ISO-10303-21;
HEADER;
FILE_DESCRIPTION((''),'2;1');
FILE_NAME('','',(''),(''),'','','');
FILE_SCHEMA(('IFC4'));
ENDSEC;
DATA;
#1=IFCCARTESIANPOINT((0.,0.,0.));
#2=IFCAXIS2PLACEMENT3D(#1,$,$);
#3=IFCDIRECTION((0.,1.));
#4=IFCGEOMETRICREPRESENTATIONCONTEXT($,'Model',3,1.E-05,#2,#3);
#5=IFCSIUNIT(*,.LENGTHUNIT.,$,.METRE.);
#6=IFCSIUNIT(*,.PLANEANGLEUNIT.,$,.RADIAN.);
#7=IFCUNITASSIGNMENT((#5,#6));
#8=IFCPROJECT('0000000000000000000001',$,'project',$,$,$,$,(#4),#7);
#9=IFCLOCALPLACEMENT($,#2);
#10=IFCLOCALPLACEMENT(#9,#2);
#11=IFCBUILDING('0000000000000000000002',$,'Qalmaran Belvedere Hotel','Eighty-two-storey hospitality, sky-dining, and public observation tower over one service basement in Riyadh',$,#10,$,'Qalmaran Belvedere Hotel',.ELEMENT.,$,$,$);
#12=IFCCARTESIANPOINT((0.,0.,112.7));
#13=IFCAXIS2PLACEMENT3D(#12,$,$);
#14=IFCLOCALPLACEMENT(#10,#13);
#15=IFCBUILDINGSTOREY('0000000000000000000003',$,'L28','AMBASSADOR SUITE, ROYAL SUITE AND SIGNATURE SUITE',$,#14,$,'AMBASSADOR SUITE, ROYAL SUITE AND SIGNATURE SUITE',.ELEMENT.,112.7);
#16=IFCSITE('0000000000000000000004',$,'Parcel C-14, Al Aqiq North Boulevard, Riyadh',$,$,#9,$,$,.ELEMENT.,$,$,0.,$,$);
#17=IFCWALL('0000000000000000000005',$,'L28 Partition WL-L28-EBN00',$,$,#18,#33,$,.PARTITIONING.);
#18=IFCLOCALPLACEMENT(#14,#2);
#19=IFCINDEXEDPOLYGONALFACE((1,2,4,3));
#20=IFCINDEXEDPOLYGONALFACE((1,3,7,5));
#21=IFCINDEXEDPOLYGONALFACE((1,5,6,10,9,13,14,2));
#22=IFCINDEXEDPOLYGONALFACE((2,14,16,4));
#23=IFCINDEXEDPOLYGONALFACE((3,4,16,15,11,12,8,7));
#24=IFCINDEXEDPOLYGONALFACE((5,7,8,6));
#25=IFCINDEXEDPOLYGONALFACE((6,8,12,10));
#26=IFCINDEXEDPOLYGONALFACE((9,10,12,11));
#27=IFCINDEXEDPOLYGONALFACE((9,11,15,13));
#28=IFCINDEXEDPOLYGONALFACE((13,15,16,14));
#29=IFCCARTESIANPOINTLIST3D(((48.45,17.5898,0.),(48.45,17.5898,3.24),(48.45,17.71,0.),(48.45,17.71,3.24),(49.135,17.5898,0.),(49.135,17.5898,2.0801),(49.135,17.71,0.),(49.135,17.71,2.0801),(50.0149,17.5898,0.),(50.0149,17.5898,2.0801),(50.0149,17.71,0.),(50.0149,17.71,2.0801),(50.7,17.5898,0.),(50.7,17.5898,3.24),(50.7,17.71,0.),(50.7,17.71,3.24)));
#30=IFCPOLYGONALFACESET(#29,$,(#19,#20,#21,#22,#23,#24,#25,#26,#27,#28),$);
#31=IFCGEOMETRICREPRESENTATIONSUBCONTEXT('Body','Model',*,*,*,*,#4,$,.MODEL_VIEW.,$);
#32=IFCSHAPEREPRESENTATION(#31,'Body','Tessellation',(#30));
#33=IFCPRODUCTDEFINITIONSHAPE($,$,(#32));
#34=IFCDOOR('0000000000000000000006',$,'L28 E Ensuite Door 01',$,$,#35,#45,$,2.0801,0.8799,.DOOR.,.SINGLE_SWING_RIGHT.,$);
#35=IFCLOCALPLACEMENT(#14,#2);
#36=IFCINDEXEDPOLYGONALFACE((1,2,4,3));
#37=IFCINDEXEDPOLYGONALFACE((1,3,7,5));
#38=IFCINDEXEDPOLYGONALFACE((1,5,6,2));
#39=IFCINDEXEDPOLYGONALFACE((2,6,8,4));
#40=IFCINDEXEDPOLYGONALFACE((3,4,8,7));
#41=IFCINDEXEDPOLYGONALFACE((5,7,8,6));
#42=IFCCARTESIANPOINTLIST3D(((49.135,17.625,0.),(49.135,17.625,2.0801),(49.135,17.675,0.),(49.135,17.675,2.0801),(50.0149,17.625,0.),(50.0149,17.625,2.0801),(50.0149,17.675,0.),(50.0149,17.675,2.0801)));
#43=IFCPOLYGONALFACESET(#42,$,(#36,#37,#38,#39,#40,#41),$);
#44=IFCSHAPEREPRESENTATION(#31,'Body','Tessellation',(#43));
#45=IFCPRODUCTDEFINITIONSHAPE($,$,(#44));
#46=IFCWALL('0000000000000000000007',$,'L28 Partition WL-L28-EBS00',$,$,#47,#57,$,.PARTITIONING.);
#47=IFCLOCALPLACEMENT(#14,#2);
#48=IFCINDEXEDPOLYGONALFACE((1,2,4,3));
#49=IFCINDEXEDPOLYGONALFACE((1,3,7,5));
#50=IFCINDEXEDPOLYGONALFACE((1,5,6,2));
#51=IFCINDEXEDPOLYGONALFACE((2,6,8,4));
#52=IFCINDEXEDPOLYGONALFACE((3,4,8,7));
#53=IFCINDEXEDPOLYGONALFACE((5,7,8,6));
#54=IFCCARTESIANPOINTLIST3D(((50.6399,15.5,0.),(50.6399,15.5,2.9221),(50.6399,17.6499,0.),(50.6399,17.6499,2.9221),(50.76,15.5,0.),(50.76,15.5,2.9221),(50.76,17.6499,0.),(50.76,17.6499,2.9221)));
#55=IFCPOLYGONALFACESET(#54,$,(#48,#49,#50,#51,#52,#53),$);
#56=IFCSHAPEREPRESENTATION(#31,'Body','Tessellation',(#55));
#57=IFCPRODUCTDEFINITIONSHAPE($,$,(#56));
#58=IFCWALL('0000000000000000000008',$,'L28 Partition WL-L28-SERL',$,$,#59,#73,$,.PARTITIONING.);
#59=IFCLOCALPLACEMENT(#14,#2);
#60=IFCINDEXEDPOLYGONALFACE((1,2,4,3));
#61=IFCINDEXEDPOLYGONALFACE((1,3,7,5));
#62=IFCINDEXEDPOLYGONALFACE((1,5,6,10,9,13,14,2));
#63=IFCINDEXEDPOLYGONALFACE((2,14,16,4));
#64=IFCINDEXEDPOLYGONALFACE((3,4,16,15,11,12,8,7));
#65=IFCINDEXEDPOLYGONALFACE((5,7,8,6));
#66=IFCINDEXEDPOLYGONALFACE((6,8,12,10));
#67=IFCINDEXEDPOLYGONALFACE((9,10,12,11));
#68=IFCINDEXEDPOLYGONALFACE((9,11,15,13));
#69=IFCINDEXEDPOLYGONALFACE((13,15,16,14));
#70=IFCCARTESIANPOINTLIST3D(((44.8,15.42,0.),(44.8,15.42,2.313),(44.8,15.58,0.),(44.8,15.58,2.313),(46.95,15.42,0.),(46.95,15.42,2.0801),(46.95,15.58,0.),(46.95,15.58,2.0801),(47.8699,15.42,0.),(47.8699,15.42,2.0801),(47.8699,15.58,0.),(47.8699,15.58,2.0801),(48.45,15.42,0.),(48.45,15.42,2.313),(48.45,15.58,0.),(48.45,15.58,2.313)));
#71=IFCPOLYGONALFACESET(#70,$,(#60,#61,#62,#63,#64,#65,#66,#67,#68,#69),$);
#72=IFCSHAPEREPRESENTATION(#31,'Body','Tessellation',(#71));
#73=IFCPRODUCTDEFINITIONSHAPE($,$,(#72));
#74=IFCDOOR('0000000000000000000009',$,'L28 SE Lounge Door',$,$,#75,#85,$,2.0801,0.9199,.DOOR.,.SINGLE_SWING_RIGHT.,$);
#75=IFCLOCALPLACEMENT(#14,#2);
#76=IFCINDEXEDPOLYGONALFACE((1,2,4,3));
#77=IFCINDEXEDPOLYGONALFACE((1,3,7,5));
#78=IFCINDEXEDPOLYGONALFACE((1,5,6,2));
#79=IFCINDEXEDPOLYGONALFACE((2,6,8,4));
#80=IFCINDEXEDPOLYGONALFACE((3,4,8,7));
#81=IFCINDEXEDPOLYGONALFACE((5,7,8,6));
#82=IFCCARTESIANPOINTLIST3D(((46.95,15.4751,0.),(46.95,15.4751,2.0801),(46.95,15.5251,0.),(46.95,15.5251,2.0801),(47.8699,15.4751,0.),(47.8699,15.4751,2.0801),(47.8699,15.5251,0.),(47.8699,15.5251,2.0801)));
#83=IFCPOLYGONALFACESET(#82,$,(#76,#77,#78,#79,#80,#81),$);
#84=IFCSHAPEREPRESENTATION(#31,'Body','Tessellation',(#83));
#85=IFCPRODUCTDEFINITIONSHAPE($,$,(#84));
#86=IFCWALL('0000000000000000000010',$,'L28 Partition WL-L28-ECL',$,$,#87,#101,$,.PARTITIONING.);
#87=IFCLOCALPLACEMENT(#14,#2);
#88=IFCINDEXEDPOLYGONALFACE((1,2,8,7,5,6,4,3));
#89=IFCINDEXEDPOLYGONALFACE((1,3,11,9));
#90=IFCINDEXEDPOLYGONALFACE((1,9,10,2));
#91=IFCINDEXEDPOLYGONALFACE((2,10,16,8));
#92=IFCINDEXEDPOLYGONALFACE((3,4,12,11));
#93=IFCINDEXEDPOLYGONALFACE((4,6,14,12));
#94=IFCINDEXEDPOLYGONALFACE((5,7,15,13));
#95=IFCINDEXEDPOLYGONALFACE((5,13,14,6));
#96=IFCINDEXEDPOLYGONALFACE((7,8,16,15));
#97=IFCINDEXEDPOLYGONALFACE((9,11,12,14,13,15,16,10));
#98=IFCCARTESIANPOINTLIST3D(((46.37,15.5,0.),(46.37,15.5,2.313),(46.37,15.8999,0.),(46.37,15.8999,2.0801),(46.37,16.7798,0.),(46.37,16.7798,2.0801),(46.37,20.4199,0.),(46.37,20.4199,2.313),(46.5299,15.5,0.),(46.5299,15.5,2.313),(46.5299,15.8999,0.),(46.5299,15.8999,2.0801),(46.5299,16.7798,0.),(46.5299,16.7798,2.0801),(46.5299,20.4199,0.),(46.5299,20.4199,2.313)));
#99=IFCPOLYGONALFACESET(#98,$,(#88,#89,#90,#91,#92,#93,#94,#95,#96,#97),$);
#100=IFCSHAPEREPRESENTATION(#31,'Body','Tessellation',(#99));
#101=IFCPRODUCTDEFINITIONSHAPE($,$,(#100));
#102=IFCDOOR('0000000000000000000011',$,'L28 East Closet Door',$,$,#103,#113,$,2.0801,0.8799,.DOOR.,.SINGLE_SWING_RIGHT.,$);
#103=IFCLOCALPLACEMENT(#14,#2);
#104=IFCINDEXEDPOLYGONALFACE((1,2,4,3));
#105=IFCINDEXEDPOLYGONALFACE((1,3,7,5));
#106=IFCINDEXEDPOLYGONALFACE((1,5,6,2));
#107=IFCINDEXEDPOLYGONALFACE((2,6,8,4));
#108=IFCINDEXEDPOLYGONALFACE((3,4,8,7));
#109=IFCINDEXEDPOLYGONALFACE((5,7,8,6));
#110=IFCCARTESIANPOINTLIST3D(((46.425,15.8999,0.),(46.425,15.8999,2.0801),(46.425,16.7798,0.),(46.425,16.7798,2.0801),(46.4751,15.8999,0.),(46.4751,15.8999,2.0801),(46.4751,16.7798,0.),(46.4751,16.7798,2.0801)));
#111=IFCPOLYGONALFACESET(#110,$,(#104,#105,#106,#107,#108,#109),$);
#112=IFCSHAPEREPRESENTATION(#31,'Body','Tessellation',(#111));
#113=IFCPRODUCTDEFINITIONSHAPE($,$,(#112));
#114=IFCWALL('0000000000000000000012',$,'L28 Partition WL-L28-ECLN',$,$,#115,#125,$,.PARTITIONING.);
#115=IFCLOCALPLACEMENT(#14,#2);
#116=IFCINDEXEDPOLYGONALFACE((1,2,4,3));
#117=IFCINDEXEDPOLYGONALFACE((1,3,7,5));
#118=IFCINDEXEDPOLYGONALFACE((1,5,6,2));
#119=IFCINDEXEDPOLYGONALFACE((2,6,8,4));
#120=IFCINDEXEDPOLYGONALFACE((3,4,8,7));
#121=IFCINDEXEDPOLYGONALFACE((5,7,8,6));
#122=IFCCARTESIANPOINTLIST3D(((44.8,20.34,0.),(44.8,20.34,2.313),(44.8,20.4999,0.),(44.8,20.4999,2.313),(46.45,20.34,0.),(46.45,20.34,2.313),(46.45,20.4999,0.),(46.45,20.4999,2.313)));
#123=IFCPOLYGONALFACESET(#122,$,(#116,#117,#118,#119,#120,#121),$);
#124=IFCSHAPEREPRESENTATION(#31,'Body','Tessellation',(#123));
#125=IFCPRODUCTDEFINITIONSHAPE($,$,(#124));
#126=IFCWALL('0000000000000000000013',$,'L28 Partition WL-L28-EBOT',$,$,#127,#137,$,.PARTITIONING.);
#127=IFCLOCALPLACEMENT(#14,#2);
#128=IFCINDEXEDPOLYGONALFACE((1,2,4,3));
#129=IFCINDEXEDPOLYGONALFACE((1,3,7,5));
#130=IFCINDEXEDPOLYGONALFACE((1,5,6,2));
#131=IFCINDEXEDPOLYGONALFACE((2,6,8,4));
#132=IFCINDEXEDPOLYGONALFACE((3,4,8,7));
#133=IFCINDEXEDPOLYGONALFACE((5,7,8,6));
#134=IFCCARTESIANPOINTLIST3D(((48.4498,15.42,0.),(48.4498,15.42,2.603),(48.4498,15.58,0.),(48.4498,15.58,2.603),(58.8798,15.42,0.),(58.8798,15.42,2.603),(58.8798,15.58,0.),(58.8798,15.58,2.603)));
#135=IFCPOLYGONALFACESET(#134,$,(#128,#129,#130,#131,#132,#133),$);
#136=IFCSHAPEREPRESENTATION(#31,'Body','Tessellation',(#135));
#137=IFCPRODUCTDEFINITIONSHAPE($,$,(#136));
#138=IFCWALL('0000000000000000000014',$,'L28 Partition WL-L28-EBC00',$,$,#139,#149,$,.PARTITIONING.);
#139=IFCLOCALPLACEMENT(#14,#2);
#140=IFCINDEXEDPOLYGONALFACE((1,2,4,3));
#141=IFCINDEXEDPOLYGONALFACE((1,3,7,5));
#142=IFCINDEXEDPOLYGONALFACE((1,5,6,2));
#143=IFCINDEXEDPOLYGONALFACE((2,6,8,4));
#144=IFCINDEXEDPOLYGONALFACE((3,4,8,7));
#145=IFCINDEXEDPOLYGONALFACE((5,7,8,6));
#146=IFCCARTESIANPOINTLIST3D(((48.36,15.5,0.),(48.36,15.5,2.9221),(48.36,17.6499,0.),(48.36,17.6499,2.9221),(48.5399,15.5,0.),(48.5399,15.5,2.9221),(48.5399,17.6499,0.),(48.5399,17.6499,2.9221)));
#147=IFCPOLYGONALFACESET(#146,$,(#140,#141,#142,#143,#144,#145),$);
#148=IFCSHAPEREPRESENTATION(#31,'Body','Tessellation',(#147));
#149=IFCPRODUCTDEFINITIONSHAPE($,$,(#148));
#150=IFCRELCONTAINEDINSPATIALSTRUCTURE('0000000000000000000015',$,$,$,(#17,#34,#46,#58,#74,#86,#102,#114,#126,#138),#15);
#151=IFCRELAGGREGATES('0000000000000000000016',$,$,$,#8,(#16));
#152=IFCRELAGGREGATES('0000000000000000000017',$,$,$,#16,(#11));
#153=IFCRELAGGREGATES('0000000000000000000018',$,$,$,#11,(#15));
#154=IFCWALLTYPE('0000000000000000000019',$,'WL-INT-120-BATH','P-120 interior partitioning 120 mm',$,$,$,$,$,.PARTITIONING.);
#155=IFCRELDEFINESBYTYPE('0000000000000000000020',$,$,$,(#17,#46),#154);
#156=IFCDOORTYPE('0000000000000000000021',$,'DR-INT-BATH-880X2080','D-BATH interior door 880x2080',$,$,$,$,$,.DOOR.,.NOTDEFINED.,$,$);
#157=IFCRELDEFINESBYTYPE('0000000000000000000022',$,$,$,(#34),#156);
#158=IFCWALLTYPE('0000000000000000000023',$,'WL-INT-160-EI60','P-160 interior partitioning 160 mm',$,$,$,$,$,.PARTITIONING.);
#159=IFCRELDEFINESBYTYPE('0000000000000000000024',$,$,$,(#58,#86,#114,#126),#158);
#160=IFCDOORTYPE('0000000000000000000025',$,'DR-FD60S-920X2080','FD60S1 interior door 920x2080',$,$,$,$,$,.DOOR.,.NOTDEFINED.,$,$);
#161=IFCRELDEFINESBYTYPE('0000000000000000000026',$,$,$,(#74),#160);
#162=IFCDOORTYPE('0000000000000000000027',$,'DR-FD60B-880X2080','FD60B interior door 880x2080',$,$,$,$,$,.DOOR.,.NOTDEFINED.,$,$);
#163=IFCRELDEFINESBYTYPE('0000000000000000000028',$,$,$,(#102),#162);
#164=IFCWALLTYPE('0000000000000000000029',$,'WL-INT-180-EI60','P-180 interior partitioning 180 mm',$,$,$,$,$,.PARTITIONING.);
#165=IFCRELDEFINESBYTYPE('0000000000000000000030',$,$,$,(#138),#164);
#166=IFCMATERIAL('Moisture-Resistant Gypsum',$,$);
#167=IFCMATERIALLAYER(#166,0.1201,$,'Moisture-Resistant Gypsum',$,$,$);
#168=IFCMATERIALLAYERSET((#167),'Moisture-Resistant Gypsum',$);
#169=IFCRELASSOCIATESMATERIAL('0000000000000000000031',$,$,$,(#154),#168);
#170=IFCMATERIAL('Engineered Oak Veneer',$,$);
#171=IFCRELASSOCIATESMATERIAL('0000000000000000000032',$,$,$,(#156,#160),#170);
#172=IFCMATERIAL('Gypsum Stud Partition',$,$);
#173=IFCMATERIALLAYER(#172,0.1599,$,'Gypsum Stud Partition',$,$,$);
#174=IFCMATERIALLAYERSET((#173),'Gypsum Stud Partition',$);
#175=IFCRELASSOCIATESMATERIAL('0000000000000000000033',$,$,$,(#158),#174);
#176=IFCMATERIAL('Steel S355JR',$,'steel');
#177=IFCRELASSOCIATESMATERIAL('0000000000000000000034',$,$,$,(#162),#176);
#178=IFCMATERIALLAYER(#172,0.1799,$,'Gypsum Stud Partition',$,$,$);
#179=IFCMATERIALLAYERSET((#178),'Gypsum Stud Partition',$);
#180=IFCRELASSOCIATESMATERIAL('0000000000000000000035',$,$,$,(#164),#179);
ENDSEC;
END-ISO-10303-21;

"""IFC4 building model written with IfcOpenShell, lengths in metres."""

from ifc_helpers import new_model, si_unit, direction, frame, frame_2d, origin, place, context, subcontext, project, spatial, rectangle, extrude, material, layer, layer_set, type_object, element, fill, save


model = new_model("IFC4")

# Units and contexts
model_context = context("Model", 3, precision=1e-05, world=origin(), true_north=direction((0.0, 1.0)))
body_context = subcontext(model_context, "Body", "Model", "MODEL_VIEW")
ifc_project = project(units=[si_unit("LENGTHUNIT", "METRE"), si_unit("PLANEANGLEUNIT", "RADIAN")], contexts=[model_context])

# Site, building, storey
site_placement = place(None, origin())
site = spatial("IfcSite", under=ifc_project, at=site_placement, Name="Parcel C-14, Al Aqiq North Boulevard, Riyadh", CompositionType="ELEMENT", RefElevation=0.0)
building_placement = place(site_placement, origin())
building = spatial("IfcBuilding", under=site, at=building_placement, Name="Qalmaran Belvedere Hotel", Description="Eighty-two-storey hospitality, sky-dining, and public observation tower over one service basement in Riyadh", LongName="Qalmaran Belvedere Hotel", CompositionType="ELEMENT")
storey_placement = place(building_placement, frame((0.0, 0.0, 112.7)))
storey = spatial("IfcBuildingStorey", under=building, at=storey_placement, Name="L28", Description="AMBASSADOR SUITE, ROYAL SUITE AND SIGNATURE SUITE", LongName="AMBASSADOR SUITE, ROYAL SUITE AND SIGNATURE SUITE", CompositionType="ELEMENT", Elevation=112.7)

# Shared definitions
ifc_material_1 = material(Name="Steel S355JR", Category="steel")

# Wall, opening, door
ifc_material_2 = material(Name="Moisture-Resistant Gypsum")
ifc_layer_1 = layer(ifc_material_2, 0.1201, Name="Moisture-Resistant Gypsum")
ifc_layer_set_1 = layer_set([ifc_layer_1], Name="Moisture-Resistant Gypsum")
wall_type_1 = type_object("IfcWallType", Name="WL-INT-120-BATH", Description="P-120 interior partitioning 120 mm", PredefinedType="PARTITIONING", material=ifc_layer_set_1)
wall_1_placement = place(storey_placement, frame((48.45, 17.6499, 0.0), z_axis=(0.0, 0.0, 1.0), x_axis=(1.0, 0.0, 0.0)))
wall_1 = element("IfcWall", 1, at=wall_1_placement, inside=storey, type_object=wall_type_1, Name="L28 Partition WL-L28-EBN00", PredefinedType="PARTITIONING", context=body_context, shape_type="SweptSolid", body=[
    extrude(rectangle(XDim=2.25, YDim=0.1201, at=frame_2d((1.125, 0.0))), origin(), (0.0, 0.0, 1.0), 3.24),
])
opening_1_placement = place(wall_1_placement, frame((1.5649, 0.0, 0.0), z_axis=(0.0, 0.0, 1.0), x_axis=(-1.0, 0.0, 0.0)))
opening_1 = element("IfcOpeningElement", 2, at=opening_1_placement, cuts=wall_1, PredefinedType="OPENING", context=body_context, shape_type="SweptSolid", body=[
    extrude(rectangle(XDim=0.8799, YDim=2.0801, at=frame_2d((0.4399, 1.04))), frame((0.0, 0.0701, 0.0), z_axis=(0.0, -1.0, 0.0), x_axis=(1.0, 0.0, 0.0)), (0.0, 0.0, 1.0), 0.1401),
])
ifc_material_3 = material(Name="Engineered Oak Veneer")
door_type_1 = type_object("IfcDoorType", Name="DR-INT-BATH-880X2080", Description="D-BATH interior door 880x2080", OperationType="NOTDEFINED", PredefinedType="DOOR", material=ifc_material_3)
door_1_placement = place(opening_1_placement, origin())
door_1 = element("IfcDoor", 3, at=door_1_placement, inside=storey, type_object=door_type_1, Name="L28 E Ensuite Door 01", OperationType="SINGLE_SWING_RIGHT", OverallHeight=2.0801, OverallWidth=0.8799, PredefinedType="DOOR", context=body_context, shape_type="SweptSolid", body=[
    extrude(rectangle(XDim=0.8799, YDim=2.0801, at=frame_2d((0.4399, 1.04))), frame((0.0, 0.0249, 0.0), z_axis=(0.0, -1.0, 0.0), x_axis=(1.0, 0.0, 0.0)), (0.0, 0.0, 1.0), 0.05),
])
fill(opening_1, door_1)

# Wall
wall_2_placement = place(storey_placement, frame((50.7, 15.5, 0.0), z_axis=(0.0, 0.0, 1.0), x_axis=(0.0, 1.0, 0.0)))
element("IfcWall", 4, at=wall_2_placement, inside=storey, type_object=wall_type_1, Name="L28 Partition WL-L28-EBS00", PredefinedType="PARTITIONING", context=body_context, shape_type="SweptSolid", body=[
    extrude(rectangle(XDim=2.1499, YDim=0.1201, at=frame_2d((1.075, 0.0))), origin(), (0.0, 0.0, 1.0), 2.9221),
])

# Walls, openings, doors
ifc_material_4 = material(Name="Gypsum Stud Partition")
ifc_layer_2 = layer(ifc_material_4, 0.1599, Name="Gypsum Stud Partition")
ifc_layer_set_2 = layer_set([ifc_layer_2], Name="Gypsum Stud Partition")
wall_type_2 = type_object("IfcWallType", Name="WL-INT-160-EI60", Description="P-160 interior partitioning 160 mm", PredefinedType="PARTITIONING", material=ifc_layer_set_2)
wall_3_placement = place(storey_placement, frame((44.8, 15.5, 0.0), z_axis=(0.0, 0.0, 1.0), x_axis=(1.0, 0.0, 0.0)))
wall_3 = element("IfcWall", 5, at=wall_3_placement, inside=storey, type_object=wall_type_2, Name="L28 Partition WL-L28-SERL", PredefinedType="PARTITIONING", context=body_context, shape_type="SweptSolid", body=[
    extrude(rectangle(XDim=3.6499, YDim=0.1599, at=frame_2d((1.825, 0.0))), origin(), (0.0, 0.0, 1.0), 2.313),
])
opening_2_placement = place(wall_3_placement, frame((3.0698, 0.0, 0.0), z_axis=(0.0, 0.0, 1.0), x_axis=(-1.0, 0.0, 0.0)))
opening_2 = element("IfcOpeningElement", 6, at=opening_2_placement, cuts=wall_3, PredefinedType="OPENING", context=body_context, shape_type="SweptSolid", body=[
    extrude(rectangle(XDim=0.9199, YDim=2.0801, at=frame_2d((0.46, 1.04))), frame((0.0, 0.0898, 0.0), z_axis=(0.0, -1.0, 0.0), x_axis=(1.0, 0.0, 0.0)), (0.0, 0.0, 1.0), 0.1799),
])
door_type_2 = type_object("IfcDoorType", Name="DR-FD60S-920X2080", Description="FD60S1 interior door 920x2080", OperationType="NOTDEFINED", PredefinedType="DOOR", material=ifc_material_3)
door_2_placement = place(opening_2_placement, origin())
door_2 = element("IfcDoor", 7, at=door_2_placement, inside=storey, type_object=door_type_2, Name="L28 SE Lounge Door", OperationType="SINGLE_SWING_RIGHT", OverallHeight=2.0801, OverallWidth=0.9199, PredefinedType="DOOR", context=body_context, shape_type="SweptSolid", body=[
    extrude(rectangle(XDim=0.9199, YDim=2.0801, at=frame_2d((0.46, 1.04))), frame((0.0, 0.0249, 0.0), z_axis=(0.0, -1.0, 0.0), x_axis=(1.0, 0.0, 0.0)), (0.0, 0.0, 1.0), 0.05),
])
fill(opening_2, door_2)
wall_4_placement = place(storey_placement, frame((46.45, 15.5, 0.0), z_axis=(0.0, 0.0, 1.0), x_axis=(0.0, 1.0, 0.0)))
wall_4 = element("IfcWall", 8, at=wall_4_placement, inside=storey, type_object=wall_type_2, Name="L28 Partition WL-L28-ECL", PredefinedType="PARTITIONING", context=body_context, shape_type="SweptSolid", body=[
    extrude(rectangle(XDim=4.9199, YDim=0.1599, at=frame_2d((2.46, 0.0))), origin(), (0.0, 0.0, 1.0), 2.313),
])
opening_3_placement = place(wall_4_placement, frame((0.3999, 0.0, 0.0)))
opening_3 = element("IfcOpeningElement", 9, at=opening_3_placement, cuts=wall_4, PredefinedType="OPENING", context=body_context, shape_type="SweptSolid", body=[
    extrude(rectangle(XDim=0.8799, YDim=2.0801, at=frame_2d((0.4399, 1.04))), frame((0.0, 0.0898, 0.0), z_axis=(0.0, -1.0, 0.0), x_axis=(1.0, 0.0, 0.0)), (0.0, 0.0, 1.0), 0.1799),
])
door_type_3 = type_object("IfcDoorType", Name="DR-FD60B-880X2080", Description="FD60B interior door 880x2080", OperationType="NOTDEFINED", PredefinedType="DOOR", material=ifc_material_1)
door_3_placement = place(opening_3_placement, origin())
door_3 = element("IfcDoor", 10, at=door_3_placement, inside=storey, type_object=door_type_3, Name="L28 East Closet Door", OperationType="SINGLE_SWING_RIGHT", OverallHeight=2.0801, OverallWidth=0.8799, PredefinedType="DOOR", context=body_context, shape_type="SweptSolid", body=[
    extrude(rectangle(XDim=0.8799, YDim=2.0801, at=frame_2d((0.4399, 1.04))), frame((0.0, 0.0249, 0.0), z_axis=(0.0, -1.0, 0.0), x_axis=(1.0, 0.0, 0.0)), (0.0, 0.0, 1.0), 0.05),
])
fill(opening_3, door_3)

# Walls
wall_5_placement = place(storey_placement, frame((44.8, 20.4199, 0.0), z_axis=(0.0, 0.0, 1.0), x_axis=(1.0, 0.0, 0.0)))
element("IfcWall", 11, at=wall_5_placement, inside=storey, type_object=wall_type_2, Name="L28 Partition WL-L28-ECLN", PredefinedType="PARTITIONING", context=body_context, shape_type="SweptSolid", body=[
    extrude(rectangle(XDim=1.6499, YDim=0.1599, at=frame_2d((0.825, 0.0))), origin(), (0.0, 0.0, 1.0), 2.313),
])
wall_6_placement = place(storey_placement, frame((48.45, 15.5, 0.0), z_axis=(0.0, 0.0, 1.0), x_axis=(1.0, 0.0, 0.0)))
element("IfcWall", 12, at=wall_6_placement, inside=storey, type_object=wall_type_2, Name="L28 Partition WL-L28-EBOT", PredefinedType="PARTITIONING", context=body_context, shape_type="SweptSolid", body=[
    extrude(rectangle(XDim=10.4299, YDim=0.1599, at=frame_2d((5.2148, 0.0))), origin(), (0.0, 0.0, 1.0), 2.603),
])
ifc_layer_3 = layer(ifc_material_4, 0.1799, Name="Gypsum Stud Partition")
ifc_layer_set_3 = layer_set([ifc_layer_3], Name="Gypsum Stud Partition")
wall_type_3 = type_object("IfcWallType", Name="WL-INT-180-EI60", Description="P-180 interior partitioning 180 mm", PredefinedType="PARTITIONING", material=ifc_layer_set_3)
wall_7_placement = place(storey_placement, frame((48.45, 15.5, 0.0), z_axis=(0.0, 0.0, 1.0), x_axis=(0.0, 1.0, 0.0)))
element("IfcWall", 13, at=wall_7_placement, inside=storey, type_object=wall_type_3, Name="L28 Partition WL-L28-EBC00", PredefinedType="PARTITIONING", context=body_context, shape_type="SweptSolid", body=[
    extrude(rectangle(XDim=2.1499, YDim=0.1799, at=frame_2d((1.075, 0.0))), origin(), (0.0, 0.0, 1.0), 2.9221),
])

save(model, "model.ifc")
